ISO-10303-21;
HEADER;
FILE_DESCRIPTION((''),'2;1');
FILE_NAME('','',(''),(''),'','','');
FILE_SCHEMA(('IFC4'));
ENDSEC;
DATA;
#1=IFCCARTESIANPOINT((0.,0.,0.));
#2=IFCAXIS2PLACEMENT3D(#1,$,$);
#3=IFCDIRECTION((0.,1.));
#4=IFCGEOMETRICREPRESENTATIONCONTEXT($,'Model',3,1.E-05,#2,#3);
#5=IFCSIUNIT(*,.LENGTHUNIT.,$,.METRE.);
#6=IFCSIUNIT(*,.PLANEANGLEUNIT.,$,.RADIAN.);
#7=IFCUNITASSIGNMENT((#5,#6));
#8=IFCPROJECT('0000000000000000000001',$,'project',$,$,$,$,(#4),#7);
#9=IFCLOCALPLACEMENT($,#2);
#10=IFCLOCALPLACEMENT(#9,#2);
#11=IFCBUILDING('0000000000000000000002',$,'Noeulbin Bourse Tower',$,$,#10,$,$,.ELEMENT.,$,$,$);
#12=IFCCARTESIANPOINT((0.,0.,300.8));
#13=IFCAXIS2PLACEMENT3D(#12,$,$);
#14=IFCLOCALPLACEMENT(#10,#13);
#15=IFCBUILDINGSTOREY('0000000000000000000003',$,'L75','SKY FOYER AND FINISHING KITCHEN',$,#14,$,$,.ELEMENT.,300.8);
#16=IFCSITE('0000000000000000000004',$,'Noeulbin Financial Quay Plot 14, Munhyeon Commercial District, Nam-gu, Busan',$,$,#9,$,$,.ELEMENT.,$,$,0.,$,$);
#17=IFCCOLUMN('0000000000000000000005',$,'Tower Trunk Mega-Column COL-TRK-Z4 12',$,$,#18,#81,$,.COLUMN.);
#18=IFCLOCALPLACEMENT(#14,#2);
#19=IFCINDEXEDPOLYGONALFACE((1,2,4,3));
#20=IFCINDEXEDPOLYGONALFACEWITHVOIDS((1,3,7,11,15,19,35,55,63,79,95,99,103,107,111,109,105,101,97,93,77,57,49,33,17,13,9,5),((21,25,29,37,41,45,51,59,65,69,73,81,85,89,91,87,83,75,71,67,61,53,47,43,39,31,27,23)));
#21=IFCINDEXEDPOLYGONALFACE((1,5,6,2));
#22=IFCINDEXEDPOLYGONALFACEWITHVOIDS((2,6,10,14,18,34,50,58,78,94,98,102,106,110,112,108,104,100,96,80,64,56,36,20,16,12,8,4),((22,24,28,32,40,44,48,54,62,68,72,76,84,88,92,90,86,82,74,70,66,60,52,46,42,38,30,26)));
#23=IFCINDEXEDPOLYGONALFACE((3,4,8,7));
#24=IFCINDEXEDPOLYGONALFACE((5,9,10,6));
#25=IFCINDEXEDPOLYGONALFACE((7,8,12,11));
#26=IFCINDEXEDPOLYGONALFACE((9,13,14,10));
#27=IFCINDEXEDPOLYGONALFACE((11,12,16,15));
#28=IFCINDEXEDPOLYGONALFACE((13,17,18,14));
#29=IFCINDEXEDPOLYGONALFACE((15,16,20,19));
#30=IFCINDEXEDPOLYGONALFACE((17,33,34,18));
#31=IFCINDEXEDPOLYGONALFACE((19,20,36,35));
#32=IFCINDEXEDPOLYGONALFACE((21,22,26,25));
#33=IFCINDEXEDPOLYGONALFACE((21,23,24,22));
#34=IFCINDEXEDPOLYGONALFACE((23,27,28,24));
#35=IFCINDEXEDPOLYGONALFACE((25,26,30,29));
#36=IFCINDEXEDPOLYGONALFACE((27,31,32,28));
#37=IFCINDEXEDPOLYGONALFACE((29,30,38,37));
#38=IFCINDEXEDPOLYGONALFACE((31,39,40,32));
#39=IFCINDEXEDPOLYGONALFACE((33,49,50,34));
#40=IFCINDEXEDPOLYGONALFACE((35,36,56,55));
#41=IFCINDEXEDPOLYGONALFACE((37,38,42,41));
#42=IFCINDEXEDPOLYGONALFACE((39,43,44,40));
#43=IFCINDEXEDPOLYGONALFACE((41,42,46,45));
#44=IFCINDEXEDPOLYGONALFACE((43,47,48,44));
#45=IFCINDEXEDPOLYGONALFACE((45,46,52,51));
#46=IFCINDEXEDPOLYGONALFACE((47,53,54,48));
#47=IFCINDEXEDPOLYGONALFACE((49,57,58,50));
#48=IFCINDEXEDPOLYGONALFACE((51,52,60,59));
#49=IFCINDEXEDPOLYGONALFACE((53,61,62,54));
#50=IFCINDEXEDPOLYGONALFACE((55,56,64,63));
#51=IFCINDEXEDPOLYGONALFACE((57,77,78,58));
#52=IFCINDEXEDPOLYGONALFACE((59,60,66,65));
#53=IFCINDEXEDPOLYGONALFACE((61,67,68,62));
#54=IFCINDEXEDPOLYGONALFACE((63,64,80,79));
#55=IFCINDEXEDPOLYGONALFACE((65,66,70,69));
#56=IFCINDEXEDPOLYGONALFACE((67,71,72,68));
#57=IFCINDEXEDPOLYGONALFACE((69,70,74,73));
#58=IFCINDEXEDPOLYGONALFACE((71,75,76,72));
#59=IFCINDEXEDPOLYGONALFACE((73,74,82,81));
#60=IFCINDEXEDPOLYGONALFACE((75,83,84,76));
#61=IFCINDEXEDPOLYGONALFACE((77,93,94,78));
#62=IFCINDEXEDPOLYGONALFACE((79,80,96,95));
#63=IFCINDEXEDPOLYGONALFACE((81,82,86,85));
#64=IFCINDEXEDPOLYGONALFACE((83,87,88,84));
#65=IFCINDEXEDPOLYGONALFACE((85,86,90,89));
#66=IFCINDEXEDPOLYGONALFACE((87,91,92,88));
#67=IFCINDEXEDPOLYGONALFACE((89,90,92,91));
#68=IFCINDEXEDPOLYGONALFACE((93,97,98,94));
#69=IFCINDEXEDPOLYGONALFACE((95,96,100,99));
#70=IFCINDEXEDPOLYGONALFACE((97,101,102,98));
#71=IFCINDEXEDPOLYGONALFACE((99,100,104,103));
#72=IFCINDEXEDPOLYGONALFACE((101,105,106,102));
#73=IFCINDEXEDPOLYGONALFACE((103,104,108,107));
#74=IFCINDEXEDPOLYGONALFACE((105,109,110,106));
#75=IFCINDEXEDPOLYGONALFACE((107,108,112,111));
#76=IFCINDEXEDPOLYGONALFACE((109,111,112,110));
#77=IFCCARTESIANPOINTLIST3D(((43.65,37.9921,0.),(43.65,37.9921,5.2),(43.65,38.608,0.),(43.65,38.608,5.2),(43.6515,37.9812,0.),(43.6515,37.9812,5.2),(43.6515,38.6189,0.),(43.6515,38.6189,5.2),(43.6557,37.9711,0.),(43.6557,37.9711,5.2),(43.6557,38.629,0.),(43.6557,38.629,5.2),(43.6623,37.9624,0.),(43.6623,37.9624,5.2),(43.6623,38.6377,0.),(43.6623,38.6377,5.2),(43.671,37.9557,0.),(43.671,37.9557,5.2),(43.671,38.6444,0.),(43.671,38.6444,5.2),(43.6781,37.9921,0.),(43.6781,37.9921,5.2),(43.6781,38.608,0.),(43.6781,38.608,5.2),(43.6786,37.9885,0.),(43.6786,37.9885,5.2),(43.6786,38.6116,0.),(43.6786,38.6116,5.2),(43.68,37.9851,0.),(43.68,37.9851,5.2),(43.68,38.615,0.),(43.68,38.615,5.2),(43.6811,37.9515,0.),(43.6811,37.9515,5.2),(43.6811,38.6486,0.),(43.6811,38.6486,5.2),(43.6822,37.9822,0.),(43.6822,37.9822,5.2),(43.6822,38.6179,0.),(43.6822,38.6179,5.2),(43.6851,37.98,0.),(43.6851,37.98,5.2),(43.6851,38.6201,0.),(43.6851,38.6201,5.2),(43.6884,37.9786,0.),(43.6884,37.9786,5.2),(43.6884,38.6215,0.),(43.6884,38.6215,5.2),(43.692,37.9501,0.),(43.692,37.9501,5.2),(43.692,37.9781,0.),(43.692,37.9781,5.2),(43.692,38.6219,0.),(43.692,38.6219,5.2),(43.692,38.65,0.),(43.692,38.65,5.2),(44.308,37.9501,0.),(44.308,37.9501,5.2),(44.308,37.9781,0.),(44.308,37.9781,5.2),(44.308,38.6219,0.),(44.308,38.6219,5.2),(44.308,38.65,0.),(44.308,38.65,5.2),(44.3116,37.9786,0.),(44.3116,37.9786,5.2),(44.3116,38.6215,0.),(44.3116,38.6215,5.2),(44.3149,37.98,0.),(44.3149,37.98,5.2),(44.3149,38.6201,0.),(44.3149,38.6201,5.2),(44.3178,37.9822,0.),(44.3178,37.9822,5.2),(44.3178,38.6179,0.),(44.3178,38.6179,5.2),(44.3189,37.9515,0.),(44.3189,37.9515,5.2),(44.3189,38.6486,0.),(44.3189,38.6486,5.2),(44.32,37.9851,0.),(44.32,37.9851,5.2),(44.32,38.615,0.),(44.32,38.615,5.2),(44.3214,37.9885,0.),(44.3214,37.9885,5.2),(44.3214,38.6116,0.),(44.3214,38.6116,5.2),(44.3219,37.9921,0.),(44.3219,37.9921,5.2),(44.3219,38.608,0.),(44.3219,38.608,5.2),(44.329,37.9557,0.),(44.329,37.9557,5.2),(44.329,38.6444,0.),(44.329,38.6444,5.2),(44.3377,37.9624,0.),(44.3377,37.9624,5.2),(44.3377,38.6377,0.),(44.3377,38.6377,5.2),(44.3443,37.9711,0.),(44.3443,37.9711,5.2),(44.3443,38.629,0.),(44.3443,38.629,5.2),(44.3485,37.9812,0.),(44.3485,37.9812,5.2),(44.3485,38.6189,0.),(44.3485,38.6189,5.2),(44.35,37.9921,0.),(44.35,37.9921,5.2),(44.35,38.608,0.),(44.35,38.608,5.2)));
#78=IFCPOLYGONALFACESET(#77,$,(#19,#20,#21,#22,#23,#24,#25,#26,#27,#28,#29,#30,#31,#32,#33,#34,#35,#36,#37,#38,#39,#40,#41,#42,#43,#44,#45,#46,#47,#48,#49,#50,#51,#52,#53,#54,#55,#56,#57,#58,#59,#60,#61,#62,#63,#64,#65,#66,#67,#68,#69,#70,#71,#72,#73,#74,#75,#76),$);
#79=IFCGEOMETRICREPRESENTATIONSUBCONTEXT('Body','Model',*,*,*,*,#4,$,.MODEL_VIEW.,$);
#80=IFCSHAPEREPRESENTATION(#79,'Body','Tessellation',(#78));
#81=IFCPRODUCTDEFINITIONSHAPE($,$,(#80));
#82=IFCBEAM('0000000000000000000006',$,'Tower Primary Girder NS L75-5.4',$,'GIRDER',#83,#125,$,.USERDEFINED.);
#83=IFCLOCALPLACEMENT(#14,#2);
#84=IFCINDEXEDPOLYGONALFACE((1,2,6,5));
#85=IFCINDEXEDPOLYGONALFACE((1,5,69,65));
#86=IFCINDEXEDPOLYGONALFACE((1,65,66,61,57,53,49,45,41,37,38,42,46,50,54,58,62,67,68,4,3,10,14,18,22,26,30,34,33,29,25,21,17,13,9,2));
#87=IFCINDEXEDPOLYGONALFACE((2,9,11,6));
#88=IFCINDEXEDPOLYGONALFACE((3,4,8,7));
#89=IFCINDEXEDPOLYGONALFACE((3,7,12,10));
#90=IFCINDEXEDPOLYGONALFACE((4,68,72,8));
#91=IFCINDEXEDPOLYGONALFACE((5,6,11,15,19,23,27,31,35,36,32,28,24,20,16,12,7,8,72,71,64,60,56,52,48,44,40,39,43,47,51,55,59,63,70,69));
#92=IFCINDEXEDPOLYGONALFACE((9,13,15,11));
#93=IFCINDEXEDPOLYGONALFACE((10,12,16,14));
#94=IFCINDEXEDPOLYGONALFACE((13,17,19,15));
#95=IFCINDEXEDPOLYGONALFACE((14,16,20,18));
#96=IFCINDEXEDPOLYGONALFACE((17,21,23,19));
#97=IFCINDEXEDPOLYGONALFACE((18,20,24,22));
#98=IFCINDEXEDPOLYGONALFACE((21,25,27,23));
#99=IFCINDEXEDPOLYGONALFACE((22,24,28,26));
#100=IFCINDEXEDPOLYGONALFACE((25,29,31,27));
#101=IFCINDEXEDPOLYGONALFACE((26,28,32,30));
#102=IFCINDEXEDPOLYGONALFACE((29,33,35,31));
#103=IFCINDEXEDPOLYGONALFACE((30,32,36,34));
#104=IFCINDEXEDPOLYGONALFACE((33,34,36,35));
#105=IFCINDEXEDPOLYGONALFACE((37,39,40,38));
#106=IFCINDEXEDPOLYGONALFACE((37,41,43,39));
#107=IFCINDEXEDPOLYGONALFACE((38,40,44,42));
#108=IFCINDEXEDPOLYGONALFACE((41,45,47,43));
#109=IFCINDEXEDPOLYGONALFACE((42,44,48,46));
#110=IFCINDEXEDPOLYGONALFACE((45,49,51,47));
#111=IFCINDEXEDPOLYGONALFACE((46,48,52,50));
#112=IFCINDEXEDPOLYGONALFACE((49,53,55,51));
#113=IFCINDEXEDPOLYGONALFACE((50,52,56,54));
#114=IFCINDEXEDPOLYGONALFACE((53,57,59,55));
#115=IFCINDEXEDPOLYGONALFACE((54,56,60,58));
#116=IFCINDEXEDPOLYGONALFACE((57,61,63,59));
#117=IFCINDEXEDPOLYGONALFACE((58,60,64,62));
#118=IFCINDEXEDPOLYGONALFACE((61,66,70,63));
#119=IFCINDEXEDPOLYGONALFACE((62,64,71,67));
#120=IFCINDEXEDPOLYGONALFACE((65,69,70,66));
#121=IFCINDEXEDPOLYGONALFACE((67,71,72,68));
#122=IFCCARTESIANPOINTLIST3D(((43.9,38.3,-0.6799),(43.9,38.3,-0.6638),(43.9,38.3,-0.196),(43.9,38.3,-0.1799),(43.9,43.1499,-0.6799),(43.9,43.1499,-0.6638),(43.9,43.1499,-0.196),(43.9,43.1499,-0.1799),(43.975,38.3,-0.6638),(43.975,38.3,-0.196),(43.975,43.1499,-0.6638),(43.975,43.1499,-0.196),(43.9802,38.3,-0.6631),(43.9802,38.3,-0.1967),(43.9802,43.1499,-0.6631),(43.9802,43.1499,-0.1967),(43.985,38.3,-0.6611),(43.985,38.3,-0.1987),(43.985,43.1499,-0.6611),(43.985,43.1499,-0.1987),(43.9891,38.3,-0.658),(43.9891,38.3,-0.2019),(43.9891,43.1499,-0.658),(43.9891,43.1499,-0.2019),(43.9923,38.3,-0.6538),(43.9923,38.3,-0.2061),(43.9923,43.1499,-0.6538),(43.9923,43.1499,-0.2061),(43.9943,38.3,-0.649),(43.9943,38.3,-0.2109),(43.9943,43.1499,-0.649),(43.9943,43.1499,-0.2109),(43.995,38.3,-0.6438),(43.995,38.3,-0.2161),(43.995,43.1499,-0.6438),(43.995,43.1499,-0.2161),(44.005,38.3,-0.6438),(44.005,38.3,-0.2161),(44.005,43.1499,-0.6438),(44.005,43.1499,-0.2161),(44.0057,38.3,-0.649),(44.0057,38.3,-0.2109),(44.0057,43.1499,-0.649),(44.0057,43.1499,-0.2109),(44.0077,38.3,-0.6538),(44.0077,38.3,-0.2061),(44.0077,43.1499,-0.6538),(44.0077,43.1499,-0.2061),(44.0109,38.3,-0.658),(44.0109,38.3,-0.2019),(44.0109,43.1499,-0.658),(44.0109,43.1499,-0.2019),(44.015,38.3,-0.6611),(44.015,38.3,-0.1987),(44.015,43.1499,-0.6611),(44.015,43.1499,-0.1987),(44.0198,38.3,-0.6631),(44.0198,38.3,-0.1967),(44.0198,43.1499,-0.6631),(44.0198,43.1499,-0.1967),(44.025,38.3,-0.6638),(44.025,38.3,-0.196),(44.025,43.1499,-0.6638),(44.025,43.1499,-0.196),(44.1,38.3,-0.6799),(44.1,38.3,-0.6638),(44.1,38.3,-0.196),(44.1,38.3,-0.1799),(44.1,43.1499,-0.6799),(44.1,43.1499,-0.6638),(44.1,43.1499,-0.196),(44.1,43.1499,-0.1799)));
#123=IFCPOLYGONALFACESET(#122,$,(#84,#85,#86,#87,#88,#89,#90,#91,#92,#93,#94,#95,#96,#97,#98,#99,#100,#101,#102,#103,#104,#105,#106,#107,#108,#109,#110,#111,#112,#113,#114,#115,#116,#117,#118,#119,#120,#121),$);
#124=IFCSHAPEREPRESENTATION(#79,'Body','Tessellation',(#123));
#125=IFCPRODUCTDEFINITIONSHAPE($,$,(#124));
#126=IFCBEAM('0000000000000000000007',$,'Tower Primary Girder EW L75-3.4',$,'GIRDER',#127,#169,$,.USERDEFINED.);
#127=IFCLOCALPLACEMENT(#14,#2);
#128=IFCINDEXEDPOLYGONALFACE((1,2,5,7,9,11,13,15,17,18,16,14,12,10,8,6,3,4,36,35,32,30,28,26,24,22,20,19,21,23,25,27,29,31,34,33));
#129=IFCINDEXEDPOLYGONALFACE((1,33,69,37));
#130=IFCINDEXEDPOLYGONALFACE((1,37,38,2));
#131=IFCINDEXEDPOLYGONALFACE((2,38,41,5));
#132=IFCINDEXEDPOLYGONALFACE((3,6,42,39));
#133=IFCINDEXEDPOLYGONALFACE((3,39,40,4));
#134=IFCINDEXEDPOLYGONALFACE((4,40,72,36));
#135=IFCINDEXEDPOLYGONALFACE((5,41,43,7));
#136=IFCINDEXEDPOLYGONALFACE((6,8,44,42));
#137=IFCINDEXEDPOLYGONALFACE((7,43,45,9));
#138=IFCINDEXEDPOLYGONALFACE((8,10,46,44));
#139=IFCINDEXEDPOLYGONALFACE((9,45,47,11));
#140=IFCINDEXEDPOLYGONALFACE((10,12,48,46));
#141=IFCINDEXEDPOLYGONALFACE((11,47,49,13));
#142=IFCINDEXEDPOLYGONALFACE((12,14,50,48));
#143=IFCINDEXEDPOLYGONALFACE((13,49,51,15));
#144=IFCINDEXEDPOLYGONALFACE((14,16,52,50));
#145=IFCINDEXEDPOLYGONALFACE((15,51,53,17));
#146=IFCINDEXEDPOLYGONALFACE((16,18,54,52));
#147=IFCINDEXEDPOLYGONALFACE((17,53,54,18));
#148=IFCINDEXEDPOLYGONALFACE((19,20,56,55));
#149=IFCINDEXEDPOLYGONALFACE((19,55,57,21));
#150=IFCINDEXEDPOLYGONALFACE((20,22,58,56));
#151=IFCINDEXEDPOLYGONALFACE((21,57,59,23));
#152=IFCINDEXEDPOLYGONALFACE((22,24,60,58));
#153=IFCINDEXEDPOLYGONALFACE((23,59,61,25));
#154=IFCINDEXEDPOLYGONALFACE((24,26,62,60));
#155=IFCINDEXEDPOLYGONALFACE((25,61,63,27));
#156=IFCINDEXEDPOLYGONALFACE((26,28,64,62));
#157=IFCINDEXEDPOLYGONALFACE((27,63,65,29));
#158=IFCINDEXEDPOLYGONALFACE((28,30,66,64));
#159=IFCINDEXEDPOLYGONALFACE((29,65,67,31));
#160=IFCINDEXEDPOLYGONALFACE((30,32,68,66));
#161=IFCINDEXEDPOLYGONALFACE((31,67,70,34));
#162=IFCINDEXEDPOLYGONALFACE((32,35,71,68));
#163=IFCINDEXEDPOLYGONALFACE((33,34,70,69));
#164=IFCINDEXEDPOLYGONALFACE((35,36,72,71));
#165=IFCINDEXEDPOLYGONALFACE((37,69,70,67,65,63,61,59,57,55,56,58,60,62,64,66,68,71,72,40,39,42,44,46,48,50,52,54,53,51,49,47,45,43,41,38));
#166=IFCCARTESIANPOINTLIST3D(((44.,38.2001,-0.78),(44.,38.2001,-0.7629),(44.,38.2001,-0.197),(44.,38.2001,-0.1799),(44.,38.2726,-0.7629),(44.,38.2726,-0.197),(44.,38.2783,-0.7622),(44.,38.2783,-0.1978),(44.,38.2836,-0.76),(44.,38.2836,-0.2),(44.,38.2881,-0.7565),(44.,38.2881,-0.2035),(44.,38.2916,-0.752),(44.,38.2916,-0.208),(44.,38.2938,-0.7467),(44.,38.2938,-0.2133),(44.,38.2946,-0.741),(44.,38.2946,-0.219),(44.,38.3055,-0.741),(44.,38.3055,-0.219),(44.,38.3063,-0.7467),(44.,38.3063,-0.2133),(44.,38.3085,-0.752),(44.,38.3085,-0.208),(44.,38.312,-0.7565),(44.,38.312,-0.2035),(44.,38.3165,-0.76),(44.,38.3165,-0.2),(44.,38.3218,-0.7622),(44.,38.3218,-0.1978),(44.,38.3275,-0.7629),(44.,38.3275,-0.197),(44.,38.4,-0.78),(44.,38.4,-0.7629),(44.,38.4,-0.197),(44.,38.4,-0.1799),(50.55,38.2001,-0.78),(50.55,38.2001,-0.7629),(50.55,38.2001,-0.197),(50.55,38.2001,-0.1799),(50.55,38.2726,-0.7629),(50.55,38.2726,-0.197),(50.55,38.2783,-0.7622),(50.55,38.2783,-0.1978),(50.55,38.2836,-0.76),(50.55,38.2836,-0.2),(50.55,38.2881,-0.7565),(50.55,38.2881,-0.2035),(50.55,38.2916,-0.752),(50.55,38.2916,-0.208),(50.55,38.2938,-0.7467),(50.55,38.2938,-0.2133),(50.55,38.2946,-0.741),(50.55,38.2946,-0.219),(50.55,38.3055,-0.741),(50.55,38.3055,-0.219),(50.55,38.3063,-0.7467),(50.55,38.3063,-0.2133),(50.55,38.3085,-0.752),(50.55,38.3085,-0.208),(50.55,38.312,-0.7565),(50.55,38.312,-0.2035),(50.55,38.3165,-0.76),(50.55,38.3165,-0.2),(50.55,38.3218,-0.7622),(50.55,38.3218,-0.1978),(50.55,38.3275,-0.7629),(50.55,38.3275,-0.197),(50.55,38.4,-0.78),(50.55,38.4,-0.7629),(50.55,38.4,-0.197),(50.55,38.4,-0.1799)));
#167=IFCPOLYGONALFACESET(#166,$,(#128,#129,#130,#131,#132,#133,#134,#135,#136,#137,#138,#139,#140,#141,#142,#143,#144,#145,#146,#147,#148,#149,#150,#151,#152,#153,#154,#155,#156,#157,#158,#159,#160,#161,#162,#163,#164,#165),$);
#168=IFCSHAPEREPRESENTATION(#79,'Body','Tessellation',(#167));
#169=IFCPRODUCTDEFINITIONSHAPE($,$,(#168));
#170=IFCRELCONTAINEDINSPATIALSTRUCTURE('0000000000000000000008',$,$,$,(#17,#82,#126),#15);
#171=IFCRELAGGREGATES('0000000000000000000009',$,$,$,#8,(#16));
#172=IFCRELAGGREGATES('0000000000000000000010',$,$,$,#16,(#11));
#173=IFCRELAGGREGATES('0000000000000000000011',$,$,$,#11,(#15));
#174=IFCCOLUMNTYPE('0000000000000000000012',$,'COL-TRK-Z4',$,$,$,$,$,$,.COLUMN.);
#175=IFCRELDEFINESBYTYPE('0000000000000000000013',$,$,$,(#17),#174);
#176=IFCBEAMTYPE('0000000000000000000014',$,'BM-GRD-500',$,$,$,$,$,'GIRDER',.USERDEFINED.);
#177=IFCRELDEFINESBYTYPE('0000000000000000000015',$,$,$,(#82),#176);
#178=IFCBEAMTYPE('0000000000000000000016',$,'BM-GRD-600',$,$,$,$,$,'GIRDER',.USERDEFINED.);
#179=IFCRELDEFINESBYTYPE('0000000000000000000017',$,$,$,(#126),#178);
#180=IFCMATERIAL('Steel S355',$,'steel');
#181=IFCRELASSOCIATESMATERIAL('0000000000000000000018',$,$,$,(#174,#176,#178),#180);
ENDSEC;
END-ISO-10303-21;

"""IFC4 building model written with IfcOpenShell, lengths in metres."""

from ifc_helpers import new_model, si_unit, direction, frame, origin, origin_2d, place, context, subcontext, project, spatial, hollow_rectangle, i_section, extrude, material, material_profile, profile_set, type_object, element, save


model = new_model("IFC4")

# Units and contexts
model_context = context("Model", 3, precision=1e-05, world=origin(), true_north=direction((0.0, 1.0)))
body_context = subcontext(model_context, "Body", "Model", "MODEL_VIEW")
ifc_project = project(units=[si_unit("LENGTHUNIT", "METRE"), si_unit("PLANEANGLEUNIT", "RADIAN")], contexts=[model_context])

# Site, building, storey
site_placement = place(None, origin())
site = spatial("IfcSite", under=ifc_project, at=site_placement, Name="Noeulbin Financial Quay Plot 14, Munhyeon Commercial District, Nam-gu, Busan", CompositionType="ELEMENT", RefElevation=0.0)
building_placement = place(site_placement, origin())
building = spatial("IfcBuilding", under=site, at=building_placement, Name="Noeulbin Bourse Tower", CompositionType="ELEMENT")
storey_placement = place(building_placement, frame((0.0, 0.0, 300.8)))
storey = spatial("IfcBuildingStorey", under=building, at=storey_placement, Name="L75", Description="SKY FOYER AND FINISHING KITCHEN", CompositionType="ELEMENT", Elevation=300.8)

# Column
ifc_material_1 = material(Name="Steel S355", Category="steel")
ifc_material_profile_1 = material_profile(ifc_material_1, hollow_rectangle(XDim=0.7, YDim=0.7, WallThickness=0.0281, InnerFilletRadius=0.0139, OuterFilletRadius=0.042, at=origin_2d()), Name="BOX-700x700x28", Category="LoadBearing")
ifc_profile_set_1 = profile_set([ifc_material_profile_1], Name="Steel S355")
column_type_1 = type_object("IfcColumnType", Name="COL-TRK-Z4", PredefinedType="COLUMN", material=ifc_profile_set_1)
column_placement = place(storey_placement, frame((44.0, 38.3, 0.0), z_axis=(0.0, 0.0, 1.0), x_axis=(1.0, 0.0, 0.0)))
element("IfcColumn", 1, at=column_placement, inside=storey, type_object=column_type_1, Name="Tower Trunk Mega-Column COL-TRK-Z4 12", PredefinedType="COLUMN", context=body_context, shape_type="SweptSolid", body=[
    extrude(hollow_rectangle(XDim=0.7, YDim=0.7, WallThickness=0.0281, InnerFilletRadius=0.0139, OuterFilletRadius=0.042, at=origin_2d()), origin(), (0.0, 0.0, 1.0), 5.2),
])

# Beams
ifc_material_profile_2 = material_profile(ifc_material_1, i_section(OverallWidth=0.2, OverallDepth=0.5, WebThickness=0.01, FlangeThickness=0.0161, FilletRadius=0.02, at=origin_2d()), Name="H-500x200x10x16", Category="LoadBearing")
ifc_profile_set_2 = profile_set([ifc_material_profile_2], Name="Steel S355")
beam_type_1 = type_object("IfcBeamType", Name="BM-GRD-500", ElementType="GIRDER", PredefinedType="USERDEFINED", material=ifc_profile_set_2)
beam_1_placement = place(storey_placement, frame((44.0, 38.3, -0.4299), z_axis=(0.0, 1.0, 0.0), x_axis=(-1.0, 0.0, 0.0)))
element("IfcBeam", 2, at=beam_1_placement, inside=storey, type_object=beam_type_1, Name="Tower Primary Girder NS L75-5.4", ObjectType="GIRDER", PredefinedType="USERDEFINED", context=body_context, shape_type="SweptSolid", body=[
    extrude(i_section(OverallWidth=0.2, OverallDepth=0.5, WebThickness=0.01, FlangeThickness=0.0161, FilletRadius=0.02, at=origin_2d()), origin(), (0.0, 0.0, 1.0), 4.8499),
])
ifc_material_profile_3 = material_profile(ifc_material_1, i_section(OverallWidth=0.2, OverallDepth=0.6001, WebThickness=0.011, FlangeThickness=0.0171, FilletRadius=0.022, at=origin_2d()), Name="H-600x200x11x17", Category="LoadBearing")
ifc_profile_set_3 = profile_set([ifc_material_profile_3], Name="Steel S355")
beam_type_2 = type_object("IfcBeamType", Name="BM-GRD-600", ElementType="GIRDER", PredefinedType="USERDEFINED", material=ifc_profile_set_3)
beam_2_placement = place(storey_placement, frame((44.0, 38.3, -0.48), z_axis=(1.0, 0.0, 0.0), x_axis=(0.0, 1.0, 0.0)))
element("IfcBeam", 3, at=beam_2_placement, inside=storey, type_object=beam_type_2, Name="Tower Primary Girder EW L75-3.4", ObjectType="GIRDER", PredefinedType="USERDEFINED", context=body_context, shape_type="SweptSolid", body=[
    extrude(i_section(OverallWidth=0.2, OverallDepth=0.6001, WebThickness=0.011, FlangeThickness=0.0171, FilletRadius=0.022, at=origin_2d()), origin(), (0.0, 0.0, 1.0), 6.55),
])

save(model, "model.ifc")
